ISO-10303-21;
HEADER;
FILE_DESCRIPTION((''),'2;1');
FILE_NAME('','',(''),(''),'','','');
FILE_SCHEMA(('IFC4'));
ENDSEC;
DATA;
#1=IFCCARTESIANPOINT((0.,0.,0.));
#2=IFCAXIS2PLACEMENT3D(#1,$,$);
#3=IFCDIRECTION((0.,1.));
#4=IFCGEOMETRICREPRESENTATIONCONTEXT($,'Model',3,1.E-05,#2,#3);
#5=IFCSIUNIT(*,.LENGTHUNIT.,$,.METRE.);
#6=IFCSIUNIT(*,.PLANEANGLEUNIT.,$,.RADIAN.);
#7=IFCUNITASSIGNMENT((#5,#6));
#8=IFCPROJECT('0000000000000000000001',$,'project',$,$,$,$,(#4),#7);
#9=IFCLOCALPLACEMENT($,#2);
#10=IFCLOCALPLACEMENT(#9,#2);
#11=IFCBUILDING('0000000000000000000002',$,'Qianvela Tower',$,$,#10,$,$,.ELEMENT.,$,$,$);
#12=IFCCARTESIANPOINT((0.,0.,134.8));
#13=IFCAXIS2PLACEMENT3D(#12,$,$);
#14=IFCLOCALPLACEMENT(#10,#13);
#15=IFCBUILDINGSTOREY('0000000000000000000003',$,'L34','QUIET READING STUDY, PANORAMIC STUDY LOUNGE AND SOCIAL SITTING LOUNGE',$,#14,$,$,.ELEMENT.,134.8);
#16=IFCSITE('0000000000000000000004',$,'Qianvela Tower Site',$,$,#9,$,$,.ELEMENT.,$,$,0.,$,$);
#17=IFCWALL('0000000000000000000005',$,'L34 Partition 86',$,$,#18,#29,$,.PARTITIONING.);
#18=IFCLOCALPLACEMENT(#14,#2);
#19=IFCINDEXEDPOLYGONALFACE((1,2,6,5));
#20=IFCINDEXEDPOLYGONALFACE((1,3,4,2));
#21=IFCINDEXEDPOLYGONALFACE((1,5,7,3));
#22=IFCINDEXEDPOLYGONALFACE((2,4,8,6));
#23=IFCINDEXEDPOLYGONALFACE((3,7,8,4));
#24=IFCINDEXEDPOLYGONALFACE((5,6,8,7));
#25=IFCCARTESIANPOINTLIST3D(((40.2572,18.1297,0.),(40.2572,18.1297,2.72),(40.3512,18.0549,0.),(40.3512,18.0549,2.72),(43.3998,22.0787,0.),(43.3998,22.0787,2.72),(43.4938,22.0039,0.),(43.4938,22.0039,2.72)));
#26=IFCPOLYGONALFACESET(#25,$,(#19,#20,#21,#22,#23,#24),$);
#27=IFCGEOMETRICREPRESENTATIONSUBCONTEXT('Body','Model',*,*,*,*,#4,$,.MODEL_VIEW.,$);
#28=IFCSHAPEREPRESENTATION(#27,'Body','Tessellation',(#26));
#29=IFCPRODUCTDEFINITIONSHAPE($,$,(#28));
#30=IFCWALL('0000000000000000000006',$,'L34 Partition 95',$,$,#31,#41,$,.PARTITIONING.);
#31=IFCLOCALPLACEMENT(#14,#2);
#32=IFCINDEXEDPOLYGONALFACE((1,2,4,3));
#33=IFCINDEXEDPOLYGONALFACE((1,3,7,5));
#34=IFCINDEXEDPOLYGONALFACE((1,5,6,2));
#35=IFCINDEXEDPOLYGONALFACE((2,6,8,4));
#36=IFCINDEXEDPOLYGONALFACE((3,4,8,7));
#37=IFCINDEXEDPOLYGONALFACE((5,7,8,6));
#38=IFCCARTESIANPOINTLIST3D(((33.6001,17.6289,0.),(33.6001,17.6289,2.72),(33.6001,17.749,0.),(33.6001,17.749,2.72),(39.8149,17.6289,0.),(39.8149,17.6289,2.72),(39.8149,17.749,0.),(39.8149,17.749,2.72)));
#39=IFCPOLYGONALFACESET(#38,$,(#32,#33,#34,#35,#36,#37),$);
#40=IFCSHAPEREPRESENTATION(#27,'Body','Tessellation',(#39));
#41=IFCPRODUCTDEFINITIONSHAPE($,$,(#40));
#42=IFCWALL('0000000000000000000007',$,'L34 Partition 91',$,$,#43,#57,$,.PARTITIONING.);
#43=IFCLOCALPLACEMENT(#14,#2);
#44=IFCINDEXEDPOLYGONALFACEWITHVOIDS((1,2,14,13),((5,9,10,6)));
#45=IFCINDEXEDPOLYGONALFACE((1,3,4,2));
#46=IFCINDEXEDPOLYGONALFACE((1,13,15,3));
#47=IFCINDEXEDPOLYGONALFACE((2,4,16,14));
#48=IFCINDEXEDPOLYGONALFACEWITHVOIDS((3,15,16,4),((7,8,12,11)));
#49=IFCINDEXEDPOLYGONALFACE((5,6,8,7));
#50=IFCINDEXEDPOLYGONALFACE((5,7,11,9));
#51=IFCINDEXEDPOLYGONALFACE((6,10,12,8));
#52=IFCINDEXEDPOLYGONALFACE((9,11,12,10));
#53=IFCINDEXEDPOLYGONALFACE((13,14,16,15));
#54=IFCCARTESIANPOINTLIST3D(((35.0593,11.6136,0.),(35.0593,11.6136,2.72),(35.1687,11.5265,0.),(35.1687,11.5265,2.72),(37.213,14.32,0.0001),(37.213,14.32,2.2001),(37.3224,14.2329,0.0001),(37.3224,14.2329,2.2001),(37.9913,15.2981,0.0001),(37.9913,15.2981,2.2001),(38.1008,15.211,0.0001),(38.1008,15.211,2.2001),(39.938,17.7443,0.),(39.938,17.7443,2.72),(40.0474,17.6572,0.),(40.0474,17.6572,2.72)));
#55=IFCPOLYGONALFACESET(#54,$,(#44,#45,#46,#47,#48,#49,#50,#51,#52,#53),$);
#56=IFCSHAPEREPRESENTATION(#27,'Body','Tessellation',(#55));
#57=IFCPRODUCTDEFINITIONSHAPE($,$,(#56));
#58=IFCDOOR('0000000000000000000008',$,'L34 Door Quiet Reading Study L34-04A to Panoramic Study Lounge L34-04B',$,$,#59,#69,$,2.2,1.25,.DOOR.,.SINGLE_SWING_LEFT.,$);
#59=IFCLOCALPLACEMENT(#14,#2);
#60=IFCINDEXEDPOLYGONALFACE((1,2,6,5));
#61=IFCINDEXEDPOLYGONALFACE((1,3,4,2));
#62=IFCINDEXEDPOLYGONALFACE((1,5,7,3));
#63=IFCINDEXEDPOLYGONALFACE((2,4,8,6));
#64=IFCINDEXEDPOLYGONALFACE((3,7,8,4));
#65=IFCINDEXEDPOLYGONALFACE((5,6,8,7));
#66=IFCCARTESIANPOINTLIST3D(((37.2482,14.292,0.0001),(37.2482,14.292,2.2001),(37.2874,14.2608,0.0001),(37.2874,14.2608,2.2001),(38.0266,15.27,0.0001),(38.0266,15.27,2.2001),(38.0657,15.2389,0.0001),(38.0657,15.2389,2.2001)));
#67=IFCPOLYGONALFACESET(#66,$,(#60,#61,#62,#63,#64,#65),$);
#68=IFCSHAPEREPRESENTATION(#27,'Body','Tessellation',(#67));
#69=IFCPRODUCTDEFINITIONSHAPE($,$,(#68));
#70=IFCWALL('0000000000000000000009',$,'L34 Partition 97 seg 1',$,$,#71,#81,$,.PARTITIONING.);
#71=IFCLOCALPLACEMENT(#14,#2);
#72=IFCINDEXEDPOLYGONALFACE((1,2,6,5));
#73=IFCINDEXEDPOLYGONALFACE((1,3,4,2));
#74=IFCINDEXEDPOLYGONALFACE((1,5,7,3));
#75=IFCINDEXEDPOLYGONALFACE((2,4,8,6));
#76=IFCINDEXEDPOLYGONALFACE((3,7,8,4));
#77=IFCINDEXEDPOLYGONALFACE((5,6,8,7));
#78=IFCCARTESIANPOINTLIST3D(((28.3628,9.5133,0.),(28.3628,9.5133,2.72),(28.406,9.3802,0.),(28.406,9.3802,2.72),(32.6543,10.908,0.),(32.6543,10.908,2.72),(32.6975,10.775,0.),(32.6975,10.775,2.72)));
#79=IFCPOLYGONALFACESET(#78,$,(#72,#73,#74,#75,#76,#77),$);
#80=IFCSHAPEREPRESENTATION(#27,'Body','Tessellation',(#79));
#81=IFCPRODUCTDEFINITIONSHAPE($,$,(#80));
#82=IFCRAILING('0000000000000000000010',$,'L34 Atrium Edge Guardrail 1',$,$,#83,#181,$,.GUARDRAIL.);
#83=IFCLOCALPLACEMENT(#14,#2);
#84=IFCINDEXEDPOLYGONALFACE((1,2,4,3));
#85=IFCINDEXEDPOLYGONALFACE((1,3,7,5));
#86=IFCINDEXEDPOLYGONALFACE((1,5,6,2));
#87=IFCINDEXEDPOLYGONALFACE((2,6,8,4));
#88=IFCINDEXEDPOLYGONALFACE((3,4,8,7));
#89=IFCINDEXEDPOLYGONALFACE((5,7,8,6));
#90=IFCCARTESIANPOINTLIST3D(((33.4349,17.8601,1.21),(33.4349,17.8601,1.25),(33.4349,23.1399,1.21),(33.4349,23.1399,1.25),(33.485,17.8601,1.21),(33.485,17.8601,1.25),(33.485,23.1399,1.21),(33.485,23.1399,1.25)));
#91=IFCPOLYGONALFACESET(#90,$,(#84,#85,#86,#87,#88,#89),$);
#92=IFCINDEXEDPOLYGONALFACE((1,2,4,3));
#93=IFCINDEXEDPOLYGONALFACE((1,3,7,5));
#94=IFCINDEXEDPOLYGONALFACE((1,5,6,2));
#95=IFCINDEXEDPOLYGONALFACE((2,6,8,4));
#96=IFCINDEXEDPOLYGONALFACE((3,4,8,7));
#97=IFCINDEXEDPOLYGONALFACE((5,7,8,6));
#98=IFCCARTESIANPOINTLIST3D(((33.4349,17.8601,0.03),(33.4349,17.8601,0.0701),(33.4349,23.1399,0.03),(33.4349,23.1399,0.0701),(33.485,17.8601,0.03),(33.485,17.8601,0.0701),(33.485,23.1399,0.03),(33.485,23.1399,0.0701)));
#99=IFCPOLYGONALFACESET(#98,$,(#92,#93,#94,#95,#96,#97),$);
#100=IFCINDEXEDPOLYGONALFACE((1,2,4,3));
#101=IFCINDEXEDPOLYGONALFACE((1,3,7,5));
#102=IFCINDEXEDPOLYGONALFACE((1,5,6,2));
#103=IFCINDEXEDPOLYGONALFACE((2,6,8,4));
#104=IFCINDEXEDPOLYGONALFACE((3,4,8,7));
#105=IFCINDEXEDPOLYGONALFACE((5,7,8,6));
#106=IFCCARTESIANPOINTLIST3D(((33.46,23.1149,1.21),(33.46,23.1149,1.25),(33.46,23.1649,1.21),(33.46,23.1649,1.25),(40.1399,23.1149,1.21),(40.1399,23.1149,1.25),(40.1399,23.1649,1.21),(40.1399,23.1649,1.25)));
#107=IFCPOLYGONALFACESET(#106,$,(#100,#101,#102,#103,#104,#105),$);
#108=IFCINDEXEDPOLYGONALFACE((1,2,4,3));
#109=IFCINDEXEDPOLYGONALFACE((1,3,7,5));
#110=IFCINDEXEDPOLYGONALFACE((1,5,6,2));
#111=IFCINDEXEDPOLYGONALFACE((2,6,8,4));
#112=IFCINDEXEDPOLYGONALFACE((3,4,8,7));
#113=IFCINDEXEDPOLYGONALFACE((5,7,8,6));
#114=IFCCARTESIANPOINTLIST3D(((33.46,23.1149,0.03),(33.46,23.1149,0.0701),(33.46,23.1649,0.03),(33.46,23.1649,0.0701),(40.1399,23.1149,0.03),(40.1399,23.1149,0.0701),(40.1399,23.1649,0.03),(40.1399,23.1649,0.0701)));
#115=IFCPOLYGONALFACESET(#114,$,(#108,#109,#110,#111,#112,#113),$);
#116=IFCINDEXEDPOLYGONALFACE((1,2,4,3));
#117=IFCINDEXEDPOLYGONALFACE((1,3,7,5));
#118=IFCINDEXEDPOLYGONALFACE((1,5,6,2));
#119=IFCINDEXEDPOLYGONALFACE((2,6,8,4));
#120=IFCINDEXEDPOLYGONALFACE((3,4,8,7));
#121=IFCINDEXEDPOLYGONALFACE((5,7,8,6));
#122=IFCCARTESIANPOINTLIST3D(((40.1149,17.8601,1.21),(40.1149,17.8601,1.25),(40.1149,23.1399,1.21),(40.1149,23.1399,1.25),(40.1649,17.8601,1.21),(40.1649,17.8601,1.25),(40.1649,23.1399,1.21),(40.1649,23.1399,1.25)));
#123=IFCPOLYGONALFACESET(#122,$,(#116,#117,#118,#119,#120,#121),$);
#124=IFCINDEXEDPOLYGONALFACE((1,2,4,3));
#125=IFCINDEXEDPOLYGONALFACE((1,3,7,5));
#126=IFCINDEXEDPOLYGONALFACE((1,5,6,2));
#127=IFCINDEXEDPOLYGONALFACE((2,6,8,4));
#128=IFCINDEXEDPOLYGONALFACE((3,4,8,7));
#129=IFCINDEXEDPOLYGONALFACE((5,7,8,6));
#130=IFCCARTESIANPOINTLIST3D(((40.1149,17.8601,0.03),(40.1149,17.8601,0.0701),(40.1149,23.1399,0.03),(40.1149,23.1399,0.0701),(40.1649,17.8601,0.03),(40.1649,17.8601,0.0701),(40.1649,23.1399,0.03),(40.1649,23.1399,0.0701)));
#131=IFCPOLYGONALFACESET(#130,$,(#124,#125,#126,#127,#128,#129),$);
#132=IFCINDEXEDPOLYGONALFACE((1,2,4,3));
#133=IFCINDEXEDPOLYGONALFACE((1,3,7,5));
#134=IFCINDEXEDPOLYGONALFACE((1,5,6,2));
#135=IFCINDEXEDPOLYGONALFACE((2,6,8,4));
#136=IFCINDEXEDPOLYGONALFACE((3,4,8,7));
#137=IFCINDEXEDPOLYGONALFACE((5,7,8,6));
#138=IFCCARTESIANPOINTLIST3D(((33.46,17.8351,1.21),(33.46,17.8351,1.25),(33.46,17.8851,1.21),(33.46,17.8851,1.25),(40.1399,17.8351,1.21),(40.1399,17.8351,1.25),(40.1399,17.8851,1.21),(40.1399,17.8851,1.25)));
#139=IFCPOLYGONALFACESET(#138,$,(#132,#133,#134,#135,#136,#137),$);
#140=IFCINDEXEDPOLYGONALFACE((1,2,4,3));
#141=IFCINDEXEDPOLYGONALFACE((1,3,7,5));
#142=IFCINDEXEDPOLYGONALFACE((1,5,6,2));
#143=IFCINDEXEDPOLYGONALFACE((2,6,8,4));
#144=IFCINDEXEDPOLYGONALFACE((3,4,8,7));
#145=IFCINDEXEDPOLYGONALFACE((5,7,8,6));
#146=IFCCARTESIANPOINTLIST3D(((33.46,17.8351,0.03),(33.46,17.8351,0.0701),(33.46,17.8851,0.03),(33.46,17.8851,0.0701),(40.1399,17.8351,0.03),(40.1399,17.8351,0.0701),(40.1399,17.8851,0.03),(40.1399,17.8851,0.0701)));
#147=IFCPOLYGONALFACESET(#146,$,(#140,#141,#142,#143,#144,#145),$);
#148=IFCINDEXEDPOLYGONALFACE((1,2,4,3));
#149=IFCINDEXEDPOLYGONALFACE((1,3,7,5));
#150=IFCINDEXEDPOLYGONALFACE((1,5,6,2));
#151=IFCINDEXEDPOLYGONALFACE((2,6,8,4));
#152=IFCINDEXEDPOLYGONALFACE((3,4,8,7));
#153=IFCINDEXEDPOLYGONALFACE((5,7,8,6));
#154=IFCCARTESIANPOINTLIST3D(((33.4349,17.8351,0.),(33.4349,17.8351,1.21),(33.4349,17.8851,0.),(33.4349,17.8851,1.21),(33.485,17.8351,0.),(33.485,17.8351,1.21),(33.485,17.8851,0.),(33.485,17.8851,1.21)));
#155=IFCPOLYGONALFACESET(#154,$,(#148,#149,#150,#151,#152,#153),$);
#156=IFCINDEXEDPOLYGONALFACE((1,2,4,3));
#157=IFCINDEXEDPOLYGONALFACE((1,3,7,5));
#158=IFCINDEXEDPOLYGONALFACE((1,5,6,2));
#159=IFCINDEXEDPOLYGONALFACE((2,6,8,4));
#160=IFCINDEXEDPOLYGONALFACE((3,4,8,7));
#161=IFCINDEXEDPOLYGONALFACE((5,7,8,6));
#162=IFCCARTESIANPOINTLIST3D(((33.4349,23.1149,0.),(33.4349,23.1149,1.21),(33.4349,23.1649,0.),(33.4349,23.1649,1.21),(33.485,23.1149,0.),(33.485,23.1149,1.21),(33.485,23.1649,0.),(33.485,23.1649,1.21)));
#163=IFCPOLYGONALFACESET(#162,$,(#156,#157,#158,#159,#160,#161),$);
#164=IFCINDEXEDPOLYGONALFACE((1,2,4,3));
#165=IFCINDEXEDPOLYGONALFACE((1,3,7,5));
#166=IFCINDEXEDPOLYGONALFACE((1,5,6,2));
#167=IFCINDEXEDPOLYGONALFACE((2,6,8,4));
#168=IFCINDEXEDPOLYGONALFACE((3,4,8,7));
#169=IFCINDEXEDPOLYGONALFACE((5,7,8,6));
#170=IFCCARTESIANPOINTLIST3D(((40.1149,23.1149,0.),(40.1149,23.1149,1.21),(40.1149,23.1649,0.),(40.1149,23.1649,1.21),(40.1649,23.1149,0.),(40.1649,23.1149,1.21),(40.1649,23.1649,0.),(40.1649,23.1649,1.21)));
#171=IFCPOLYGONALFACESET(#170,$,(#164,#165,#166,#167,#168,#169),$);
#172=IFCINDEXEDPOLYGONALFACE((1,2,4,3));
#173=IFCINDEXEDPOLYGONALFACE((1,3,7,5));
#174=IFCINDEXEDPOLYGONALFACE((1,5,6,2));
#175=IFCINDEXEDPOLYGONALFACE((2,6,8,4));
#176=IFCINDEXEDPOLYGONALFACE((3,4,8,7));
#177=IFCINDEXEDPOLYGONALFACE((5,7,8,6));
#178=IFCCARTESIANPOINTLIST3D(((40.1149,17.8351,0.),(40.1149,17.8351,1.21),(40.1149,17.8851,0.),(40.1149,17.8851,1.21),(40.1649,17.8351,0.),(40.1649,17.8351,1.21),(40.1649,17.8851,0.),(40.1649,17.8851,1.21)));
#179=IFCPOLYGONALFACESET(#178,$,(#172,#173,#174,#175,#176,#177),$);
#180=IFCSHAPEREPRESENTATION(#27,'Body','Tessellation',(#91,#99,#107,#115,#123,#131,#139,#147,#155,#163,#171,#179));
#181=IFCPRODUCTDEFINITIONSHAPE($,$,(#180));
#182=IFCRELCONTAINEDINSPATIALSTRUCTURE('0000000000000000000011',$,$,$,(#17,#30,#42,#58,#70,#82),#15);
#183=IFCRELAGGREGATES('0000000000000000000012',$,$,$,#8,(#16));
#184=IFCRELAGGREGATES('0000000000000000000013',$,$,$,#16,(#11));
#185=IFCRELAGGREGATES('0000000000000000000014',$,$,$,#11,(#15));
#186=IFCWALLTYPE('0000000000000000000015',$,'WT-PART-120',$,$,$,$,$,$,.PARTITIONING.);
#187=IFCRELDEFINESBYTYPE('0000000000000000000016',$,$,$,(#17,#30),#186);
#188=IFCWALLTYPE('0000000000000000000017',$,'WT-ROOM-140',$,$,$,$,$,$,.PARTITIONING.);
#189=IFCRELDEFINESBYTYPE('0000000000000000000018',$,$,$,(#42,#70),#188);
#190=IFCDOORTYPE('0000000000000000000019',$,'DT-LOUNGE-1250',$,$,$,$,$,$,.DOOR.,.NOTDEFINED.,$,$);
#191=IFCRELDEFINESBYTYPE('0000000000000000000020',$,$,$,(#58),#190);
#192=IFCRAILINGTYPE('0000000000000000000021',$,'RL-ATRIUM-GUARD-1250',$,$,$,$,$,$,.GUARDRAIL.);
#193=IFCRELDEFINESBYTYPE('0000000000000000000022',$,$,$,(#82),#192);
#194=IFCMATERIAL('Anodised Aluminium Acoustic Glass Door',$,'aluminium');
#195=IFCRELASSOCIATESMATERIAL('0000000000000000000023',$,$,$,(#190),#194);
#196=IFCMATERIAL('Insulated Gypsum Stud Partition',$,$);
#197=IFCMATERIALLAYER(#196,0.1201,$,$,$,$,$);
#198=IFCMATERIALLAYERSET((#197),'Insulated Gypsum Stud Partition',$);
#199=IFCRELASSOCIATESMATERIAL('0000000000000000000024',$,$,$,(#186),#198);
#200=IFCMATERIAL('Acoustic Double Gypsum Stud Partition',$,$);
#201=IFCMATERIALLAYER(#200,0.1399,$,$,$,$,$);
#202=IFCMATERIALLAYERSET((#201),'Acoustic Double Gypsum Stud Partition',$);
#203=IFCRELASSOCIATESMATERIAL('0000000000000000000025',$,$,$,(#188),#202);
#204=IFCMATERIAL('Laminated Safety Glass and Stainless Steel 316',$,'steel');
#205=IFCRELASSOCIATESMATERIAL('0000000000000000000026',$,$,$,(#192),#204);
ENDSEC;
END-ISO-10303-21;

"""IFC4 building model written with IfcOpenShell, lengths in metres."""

from ifc_helpers import new_model, si_unit, direction, frame, frame_2d, origin, origin_2d, place, context, subcontext, project, spatial, rectangle, extrude, material, layer, layer_set, type_object, element, fill, save


model = new_model("IFC4")

# Units and contexts
model_context = context("Model", 3, precision=1e-05, world=origin(), true_north=direction((0.0, 1.0)))
body_context = subcontext(model_context, "Body", "Model", "MODEL_VIEW")
ifc_project = project(units=[si_unit("LENGTHUNIT", "METRE"), si_unit("PLANEANGLEUNIT", "RADIAN")], contexts=[model_context])

# Site, building, storey
site_placement = place(None, origin())
site = spatial("IfcSite", under=ifc_project, at=site_placement, Name="Qianvela Tower Site", CompositionType="ELEMENT", RefElevation=0.0)
building_placement = place(site_placement, origin())
building = spatial("IfcBuilding", under=site, at=building_placement, Name="Qianvela Tower", CompositionType="ELEMENT")
storey_placement = place(building_placement, frame((0.0, 0.0, 134.8)))
storey = spatial("IfcBuildingStorey", under=building, at=storey_placement, Name="L34", Description="QUIET READING STUDY, PANORAMIC STUDY LOUNGE AND SOCIAL SITTING LOUNGE", CompositionType="ELEMENT", Elevation=134.8)

# Shared definitions
ifc_material_1 = material(Name="Anodised Aluminium Acoustic Glass Door", Category="aluminium")
door_type_1 = type_object("IfcDoorType", Name="DT-LOUNGE-1250", OperationType="NOTDEFINED", PredefinedType="DOOR", material=ifc_material_1)

# Walls
ifc_material_2 = material(Name="Insulated Gypsum Stud Partition")
ifc_layer_1 = layer(ifc_material_2, 0.1201)
ifc_layer_set_1 = layer_set([ifc_layer_1], Name="Insulated Gypsum Stud Partition")
wall_type_1 = type_object("IfcWallType", Name="WT-PART-120", PredefinedType="PARTITIONING", material=ifc_layer_set_1)
wall_1_placement = place(storey_placement, frame((40.3042, 18.0923, 0.0), z_axis=(0.0, 0.0, 1.0), x_axis=(0.622687, 0.782471, 0.0)))
element("IfcWall", 1, at=wall_1_placement, inside=storey, type_object=wall_type_1, Name="L34 Partition 86", PredefinedType="PARTITIONING", context=body_context, shape_type="SweptSolid", body=[
    extrude(rectangle(XDim=5.0469, YDim=0.1201, at=frame_2d((2.5234, 0.0))), origin(), (0.0, 0.0, 1.0), 2.72),
])
wall_2_placement = place(storey_placement, frame((33.6001, 17.689, 0.0), z_axis=(0.0, 0.0, 1.0), x_axis=(1.0, 0.0, 0.0)))
element("IfcWall", 2, at=wall_2_placement, inside=storey, type_object=wall_type_1, Name="L34 Partition 95", PredefinedType="PARTITIONING", context=body_context, shape_type="SweptSolid", body=[
    extrude(rectangle(XDim=6.2148, YDim=0.1201, at=frame_2d((3.1074, 0.0))), origin(), (0.0, 0.0, 1.0), 2.72),
])

# Wall, opening, door
ifc_material_3 = material(Name="Acoustic Double Gypsum Stud Partition")
ifc_layer_2 = layer(ifc_material_3, 0.1399)
ifc_layer_set_2 = layer_set([ifc_layer_2], Name="Acoustic Double Gypsum Stud Partition")
wall_type_2 = type_object("IfcWallType", Name="WT-ROOM-140", PredefinedType="PARTITIONING", material=ifc_layer_set_2)
wall_3_placement = place(storey_placement, frame((35.114, 11.5701, 0.0), z_axis=(0.0, 0.0, 1.0), x_axis=(0.622683, 0.782474, 0.0)))
wall_3 = element("IfcWall", 3, at=wall_3_placement, inside=storey, type_object=wall_type_2, Name="L34 Partition 91", PredefinedType="PARTITIONING", context=body_context, shape_type="SweptSolid", body=[
    extrude(rectangle(XDim=7.835, YDim=0.1399, at=frame_2d((3.9175, 0.0))), origin(), (0.0, 0.0, 1.0), 2.72),
])
opening_1_placement = place(wall_3_placement, frame((3.4587, 0.0, 0.0)))
opening_1 = element("IfcOpeningElement", 4, at=opening_1_placement, cuts=wall_3, PredefinedType="OPENING", context=body_context, shape_type="SweptSolid", body=[
    extrude(rectangle(XDim=1.25, YDim=2.2, at=frame_2d((0.625, 1.1001))), frame((0.0, 0.0798, 0.0), z_axis=(0.0, -1.0, 0.0), x_axis=(1.0, 0.0, 0.0)), (0.0, 0.0, 1.0), 0.1599),
])
door_1_placement = place(opening_1_placement, origin())
door_1 = element("IfcDoor", 5, at=door_1_placement, inside=storey, type_object=door_type_1, Name="L34 Door Quiet Reading Study L34-04A to Panoramic Study Lounge L34-04B", OperationType="SINGLE_SWING_LEFT", OverallHeight=2.2, OverallWidth=1.25, PredefinedType="DOOR", context=body_context, shape_type="SweptSolid", body=[
    extrude(rectangle(XDim=1.25, YDim=2.2, at=frame_2d((0.625, 1.1001))), frame((0.0, 0.0249, 0.0), z_axis=(0.0, -1.0, 0.0), x_axis=(1.0, 0.0, 0.0)), (0.0, 0.0, 1.0), 0.05),
])
fill(opening_1, door_1)

# Wall
wall_4_placement = place(storey_placement, frame((32.676, 10.8416, 0.0), z_axis=(0.0, 0.0, 1.0), x_axis=(-0.951032, -0.309093, 0.0)))
element("IfcWall", 6, at=wall_4_placement, inside=storey, type_object=wall_type_2, Name="L34 Partition 97 seg 1", PredefinedType="PARTITIONING", context=body_context, shape_type="SweptSolid", body=[
    extrude(rectangle(XDim=4.5125, YDim=0.1399, at=frame_2d((2.2563, 0.0))), origin(), (0.0, 0.0, 1.0), 2.72),
])

# Railing
ifc_material_4 = material(Name="Laminated Safety Glass and Stainless Steel 316", Category="steel")
railing_type = type_object("IfcRailingType", Name="RL-ATRIUM-GUARD-1250", PredefinedType="GUARDRAIL", material=ifc_material_4)
railing_placement = place(storey_placement, frame((33.46, 17.8601, 0.0)))
element("IfcRailing", 7, at=railing_placement, inside=storey, type_object=railing_type, Name="L34 Atrium Edge Guardrail 1", PredefinedType="GUARDRAIL", context=body_context, shape_type="SweptSolid", body=[
    extrude(rectangle(XDim=0.05, YDim=0.04, at=origin_2d()), frame((0.0, 0.0, 1.23), z_axis=(0.0, 1.0, 0.0), x_axis=(-1.0, 0.0, 0.0)), (0.0, 0.0, 1.0), 5.2798),
    extrude(rectangle(XDim=0.05, YDim=0.04, at=origin_2d()), frame((0.0, 0.0, 0.05), z_axis=(0.0, 1.0, 0.0), x_axis=(-1.0, 0.0, 0.0)), (0.0, 0.0, 1.0), 5.2798),
    extrude(rectangle(XDim=0.05, YDim=0.04, at=origin_2d()), frame((0.0, 5.2798, 1.23), z_axis=(1.0, 0.0, 0.0), x_axis=(0.0, 1.0, 0.0)), (0.0, 0.0, 1.0), 6.6799),
    extrude(rectangle(XDim=0.05, YDim=0.04, at=origin_2d()), frame((0.0, 5.2798, 0.05), z_axis=(1.0, 0.0, 0.0), x_axis=(0.0, 1.0, 0.0)), (0.0, 0.0, 1.0), 6.6799),
    extrude(rectangle(XDim=0.05, YDim=0.04, at=origin_2d()), frame((6.6799, 5.2798, 1.23), z_axis=(0.0, -1.0, 0.0), x_axis=(1.0, 0.0, 0.0)), (0.0, 0.0, 1.0), 5.2798),
    extrude(rectangle(XDim=0.05, YDim=0.04, at=origin_2d()), frame((6.6799, 5.2798, 0.05), z_axis=(0.0, -1.0, 0.0), x_axis=(1.0, 0.0, 0.0)), (0.0, 0.0, 1.0), 5.2798),
    extrude(rectangle(XDim=0.05, YDim=0.04, at=origin_2d()), frame((6.6799, 0.0, 1.23), z_axis=(-1.0, 0.0, 0.0), x_axis=(0.0, -1.0, 0.0)), (0.0, 0.0, 1.0), 6.6799),
    extrude(rectangle(XDim=0.05, YDim=0.04, at=origin_2d()), frame((6.6799, 0.0, 0.05), z_axis=(-1.0, 0.0, 0.0), x_axis=(0.0, -1.0, 0.0)), (0.0, 0.0, 1.0), 6.6799),
    extrude(rectangle(XDim=0.05, YDim=0.05, at=origin_2d()), origin(), (0.0, 0.0, 1.0), 1.21),
    extrude(rectangle(XDim=0.05, YDim=0.05, at=origin_2d()), frame((0.0, 5.2798, 0.0)), (0.0, 0.0, 1.0), 1.21),
    extrude(rectangle(XDim=0.05, YDim=0.05, at=origin_2d()), frame((6.6799, 5.2798, 0.0)), (0.0, 0.0, 1.0), 1.21),
    extrude(rectangle(XDim=0.05, YDim=0.05, at=origin_2d()), frame((6.6799, 0.0, 0.0)), (0.0, 0.0, 1.0), 1.21),
])

save(model, "model.ifc")
